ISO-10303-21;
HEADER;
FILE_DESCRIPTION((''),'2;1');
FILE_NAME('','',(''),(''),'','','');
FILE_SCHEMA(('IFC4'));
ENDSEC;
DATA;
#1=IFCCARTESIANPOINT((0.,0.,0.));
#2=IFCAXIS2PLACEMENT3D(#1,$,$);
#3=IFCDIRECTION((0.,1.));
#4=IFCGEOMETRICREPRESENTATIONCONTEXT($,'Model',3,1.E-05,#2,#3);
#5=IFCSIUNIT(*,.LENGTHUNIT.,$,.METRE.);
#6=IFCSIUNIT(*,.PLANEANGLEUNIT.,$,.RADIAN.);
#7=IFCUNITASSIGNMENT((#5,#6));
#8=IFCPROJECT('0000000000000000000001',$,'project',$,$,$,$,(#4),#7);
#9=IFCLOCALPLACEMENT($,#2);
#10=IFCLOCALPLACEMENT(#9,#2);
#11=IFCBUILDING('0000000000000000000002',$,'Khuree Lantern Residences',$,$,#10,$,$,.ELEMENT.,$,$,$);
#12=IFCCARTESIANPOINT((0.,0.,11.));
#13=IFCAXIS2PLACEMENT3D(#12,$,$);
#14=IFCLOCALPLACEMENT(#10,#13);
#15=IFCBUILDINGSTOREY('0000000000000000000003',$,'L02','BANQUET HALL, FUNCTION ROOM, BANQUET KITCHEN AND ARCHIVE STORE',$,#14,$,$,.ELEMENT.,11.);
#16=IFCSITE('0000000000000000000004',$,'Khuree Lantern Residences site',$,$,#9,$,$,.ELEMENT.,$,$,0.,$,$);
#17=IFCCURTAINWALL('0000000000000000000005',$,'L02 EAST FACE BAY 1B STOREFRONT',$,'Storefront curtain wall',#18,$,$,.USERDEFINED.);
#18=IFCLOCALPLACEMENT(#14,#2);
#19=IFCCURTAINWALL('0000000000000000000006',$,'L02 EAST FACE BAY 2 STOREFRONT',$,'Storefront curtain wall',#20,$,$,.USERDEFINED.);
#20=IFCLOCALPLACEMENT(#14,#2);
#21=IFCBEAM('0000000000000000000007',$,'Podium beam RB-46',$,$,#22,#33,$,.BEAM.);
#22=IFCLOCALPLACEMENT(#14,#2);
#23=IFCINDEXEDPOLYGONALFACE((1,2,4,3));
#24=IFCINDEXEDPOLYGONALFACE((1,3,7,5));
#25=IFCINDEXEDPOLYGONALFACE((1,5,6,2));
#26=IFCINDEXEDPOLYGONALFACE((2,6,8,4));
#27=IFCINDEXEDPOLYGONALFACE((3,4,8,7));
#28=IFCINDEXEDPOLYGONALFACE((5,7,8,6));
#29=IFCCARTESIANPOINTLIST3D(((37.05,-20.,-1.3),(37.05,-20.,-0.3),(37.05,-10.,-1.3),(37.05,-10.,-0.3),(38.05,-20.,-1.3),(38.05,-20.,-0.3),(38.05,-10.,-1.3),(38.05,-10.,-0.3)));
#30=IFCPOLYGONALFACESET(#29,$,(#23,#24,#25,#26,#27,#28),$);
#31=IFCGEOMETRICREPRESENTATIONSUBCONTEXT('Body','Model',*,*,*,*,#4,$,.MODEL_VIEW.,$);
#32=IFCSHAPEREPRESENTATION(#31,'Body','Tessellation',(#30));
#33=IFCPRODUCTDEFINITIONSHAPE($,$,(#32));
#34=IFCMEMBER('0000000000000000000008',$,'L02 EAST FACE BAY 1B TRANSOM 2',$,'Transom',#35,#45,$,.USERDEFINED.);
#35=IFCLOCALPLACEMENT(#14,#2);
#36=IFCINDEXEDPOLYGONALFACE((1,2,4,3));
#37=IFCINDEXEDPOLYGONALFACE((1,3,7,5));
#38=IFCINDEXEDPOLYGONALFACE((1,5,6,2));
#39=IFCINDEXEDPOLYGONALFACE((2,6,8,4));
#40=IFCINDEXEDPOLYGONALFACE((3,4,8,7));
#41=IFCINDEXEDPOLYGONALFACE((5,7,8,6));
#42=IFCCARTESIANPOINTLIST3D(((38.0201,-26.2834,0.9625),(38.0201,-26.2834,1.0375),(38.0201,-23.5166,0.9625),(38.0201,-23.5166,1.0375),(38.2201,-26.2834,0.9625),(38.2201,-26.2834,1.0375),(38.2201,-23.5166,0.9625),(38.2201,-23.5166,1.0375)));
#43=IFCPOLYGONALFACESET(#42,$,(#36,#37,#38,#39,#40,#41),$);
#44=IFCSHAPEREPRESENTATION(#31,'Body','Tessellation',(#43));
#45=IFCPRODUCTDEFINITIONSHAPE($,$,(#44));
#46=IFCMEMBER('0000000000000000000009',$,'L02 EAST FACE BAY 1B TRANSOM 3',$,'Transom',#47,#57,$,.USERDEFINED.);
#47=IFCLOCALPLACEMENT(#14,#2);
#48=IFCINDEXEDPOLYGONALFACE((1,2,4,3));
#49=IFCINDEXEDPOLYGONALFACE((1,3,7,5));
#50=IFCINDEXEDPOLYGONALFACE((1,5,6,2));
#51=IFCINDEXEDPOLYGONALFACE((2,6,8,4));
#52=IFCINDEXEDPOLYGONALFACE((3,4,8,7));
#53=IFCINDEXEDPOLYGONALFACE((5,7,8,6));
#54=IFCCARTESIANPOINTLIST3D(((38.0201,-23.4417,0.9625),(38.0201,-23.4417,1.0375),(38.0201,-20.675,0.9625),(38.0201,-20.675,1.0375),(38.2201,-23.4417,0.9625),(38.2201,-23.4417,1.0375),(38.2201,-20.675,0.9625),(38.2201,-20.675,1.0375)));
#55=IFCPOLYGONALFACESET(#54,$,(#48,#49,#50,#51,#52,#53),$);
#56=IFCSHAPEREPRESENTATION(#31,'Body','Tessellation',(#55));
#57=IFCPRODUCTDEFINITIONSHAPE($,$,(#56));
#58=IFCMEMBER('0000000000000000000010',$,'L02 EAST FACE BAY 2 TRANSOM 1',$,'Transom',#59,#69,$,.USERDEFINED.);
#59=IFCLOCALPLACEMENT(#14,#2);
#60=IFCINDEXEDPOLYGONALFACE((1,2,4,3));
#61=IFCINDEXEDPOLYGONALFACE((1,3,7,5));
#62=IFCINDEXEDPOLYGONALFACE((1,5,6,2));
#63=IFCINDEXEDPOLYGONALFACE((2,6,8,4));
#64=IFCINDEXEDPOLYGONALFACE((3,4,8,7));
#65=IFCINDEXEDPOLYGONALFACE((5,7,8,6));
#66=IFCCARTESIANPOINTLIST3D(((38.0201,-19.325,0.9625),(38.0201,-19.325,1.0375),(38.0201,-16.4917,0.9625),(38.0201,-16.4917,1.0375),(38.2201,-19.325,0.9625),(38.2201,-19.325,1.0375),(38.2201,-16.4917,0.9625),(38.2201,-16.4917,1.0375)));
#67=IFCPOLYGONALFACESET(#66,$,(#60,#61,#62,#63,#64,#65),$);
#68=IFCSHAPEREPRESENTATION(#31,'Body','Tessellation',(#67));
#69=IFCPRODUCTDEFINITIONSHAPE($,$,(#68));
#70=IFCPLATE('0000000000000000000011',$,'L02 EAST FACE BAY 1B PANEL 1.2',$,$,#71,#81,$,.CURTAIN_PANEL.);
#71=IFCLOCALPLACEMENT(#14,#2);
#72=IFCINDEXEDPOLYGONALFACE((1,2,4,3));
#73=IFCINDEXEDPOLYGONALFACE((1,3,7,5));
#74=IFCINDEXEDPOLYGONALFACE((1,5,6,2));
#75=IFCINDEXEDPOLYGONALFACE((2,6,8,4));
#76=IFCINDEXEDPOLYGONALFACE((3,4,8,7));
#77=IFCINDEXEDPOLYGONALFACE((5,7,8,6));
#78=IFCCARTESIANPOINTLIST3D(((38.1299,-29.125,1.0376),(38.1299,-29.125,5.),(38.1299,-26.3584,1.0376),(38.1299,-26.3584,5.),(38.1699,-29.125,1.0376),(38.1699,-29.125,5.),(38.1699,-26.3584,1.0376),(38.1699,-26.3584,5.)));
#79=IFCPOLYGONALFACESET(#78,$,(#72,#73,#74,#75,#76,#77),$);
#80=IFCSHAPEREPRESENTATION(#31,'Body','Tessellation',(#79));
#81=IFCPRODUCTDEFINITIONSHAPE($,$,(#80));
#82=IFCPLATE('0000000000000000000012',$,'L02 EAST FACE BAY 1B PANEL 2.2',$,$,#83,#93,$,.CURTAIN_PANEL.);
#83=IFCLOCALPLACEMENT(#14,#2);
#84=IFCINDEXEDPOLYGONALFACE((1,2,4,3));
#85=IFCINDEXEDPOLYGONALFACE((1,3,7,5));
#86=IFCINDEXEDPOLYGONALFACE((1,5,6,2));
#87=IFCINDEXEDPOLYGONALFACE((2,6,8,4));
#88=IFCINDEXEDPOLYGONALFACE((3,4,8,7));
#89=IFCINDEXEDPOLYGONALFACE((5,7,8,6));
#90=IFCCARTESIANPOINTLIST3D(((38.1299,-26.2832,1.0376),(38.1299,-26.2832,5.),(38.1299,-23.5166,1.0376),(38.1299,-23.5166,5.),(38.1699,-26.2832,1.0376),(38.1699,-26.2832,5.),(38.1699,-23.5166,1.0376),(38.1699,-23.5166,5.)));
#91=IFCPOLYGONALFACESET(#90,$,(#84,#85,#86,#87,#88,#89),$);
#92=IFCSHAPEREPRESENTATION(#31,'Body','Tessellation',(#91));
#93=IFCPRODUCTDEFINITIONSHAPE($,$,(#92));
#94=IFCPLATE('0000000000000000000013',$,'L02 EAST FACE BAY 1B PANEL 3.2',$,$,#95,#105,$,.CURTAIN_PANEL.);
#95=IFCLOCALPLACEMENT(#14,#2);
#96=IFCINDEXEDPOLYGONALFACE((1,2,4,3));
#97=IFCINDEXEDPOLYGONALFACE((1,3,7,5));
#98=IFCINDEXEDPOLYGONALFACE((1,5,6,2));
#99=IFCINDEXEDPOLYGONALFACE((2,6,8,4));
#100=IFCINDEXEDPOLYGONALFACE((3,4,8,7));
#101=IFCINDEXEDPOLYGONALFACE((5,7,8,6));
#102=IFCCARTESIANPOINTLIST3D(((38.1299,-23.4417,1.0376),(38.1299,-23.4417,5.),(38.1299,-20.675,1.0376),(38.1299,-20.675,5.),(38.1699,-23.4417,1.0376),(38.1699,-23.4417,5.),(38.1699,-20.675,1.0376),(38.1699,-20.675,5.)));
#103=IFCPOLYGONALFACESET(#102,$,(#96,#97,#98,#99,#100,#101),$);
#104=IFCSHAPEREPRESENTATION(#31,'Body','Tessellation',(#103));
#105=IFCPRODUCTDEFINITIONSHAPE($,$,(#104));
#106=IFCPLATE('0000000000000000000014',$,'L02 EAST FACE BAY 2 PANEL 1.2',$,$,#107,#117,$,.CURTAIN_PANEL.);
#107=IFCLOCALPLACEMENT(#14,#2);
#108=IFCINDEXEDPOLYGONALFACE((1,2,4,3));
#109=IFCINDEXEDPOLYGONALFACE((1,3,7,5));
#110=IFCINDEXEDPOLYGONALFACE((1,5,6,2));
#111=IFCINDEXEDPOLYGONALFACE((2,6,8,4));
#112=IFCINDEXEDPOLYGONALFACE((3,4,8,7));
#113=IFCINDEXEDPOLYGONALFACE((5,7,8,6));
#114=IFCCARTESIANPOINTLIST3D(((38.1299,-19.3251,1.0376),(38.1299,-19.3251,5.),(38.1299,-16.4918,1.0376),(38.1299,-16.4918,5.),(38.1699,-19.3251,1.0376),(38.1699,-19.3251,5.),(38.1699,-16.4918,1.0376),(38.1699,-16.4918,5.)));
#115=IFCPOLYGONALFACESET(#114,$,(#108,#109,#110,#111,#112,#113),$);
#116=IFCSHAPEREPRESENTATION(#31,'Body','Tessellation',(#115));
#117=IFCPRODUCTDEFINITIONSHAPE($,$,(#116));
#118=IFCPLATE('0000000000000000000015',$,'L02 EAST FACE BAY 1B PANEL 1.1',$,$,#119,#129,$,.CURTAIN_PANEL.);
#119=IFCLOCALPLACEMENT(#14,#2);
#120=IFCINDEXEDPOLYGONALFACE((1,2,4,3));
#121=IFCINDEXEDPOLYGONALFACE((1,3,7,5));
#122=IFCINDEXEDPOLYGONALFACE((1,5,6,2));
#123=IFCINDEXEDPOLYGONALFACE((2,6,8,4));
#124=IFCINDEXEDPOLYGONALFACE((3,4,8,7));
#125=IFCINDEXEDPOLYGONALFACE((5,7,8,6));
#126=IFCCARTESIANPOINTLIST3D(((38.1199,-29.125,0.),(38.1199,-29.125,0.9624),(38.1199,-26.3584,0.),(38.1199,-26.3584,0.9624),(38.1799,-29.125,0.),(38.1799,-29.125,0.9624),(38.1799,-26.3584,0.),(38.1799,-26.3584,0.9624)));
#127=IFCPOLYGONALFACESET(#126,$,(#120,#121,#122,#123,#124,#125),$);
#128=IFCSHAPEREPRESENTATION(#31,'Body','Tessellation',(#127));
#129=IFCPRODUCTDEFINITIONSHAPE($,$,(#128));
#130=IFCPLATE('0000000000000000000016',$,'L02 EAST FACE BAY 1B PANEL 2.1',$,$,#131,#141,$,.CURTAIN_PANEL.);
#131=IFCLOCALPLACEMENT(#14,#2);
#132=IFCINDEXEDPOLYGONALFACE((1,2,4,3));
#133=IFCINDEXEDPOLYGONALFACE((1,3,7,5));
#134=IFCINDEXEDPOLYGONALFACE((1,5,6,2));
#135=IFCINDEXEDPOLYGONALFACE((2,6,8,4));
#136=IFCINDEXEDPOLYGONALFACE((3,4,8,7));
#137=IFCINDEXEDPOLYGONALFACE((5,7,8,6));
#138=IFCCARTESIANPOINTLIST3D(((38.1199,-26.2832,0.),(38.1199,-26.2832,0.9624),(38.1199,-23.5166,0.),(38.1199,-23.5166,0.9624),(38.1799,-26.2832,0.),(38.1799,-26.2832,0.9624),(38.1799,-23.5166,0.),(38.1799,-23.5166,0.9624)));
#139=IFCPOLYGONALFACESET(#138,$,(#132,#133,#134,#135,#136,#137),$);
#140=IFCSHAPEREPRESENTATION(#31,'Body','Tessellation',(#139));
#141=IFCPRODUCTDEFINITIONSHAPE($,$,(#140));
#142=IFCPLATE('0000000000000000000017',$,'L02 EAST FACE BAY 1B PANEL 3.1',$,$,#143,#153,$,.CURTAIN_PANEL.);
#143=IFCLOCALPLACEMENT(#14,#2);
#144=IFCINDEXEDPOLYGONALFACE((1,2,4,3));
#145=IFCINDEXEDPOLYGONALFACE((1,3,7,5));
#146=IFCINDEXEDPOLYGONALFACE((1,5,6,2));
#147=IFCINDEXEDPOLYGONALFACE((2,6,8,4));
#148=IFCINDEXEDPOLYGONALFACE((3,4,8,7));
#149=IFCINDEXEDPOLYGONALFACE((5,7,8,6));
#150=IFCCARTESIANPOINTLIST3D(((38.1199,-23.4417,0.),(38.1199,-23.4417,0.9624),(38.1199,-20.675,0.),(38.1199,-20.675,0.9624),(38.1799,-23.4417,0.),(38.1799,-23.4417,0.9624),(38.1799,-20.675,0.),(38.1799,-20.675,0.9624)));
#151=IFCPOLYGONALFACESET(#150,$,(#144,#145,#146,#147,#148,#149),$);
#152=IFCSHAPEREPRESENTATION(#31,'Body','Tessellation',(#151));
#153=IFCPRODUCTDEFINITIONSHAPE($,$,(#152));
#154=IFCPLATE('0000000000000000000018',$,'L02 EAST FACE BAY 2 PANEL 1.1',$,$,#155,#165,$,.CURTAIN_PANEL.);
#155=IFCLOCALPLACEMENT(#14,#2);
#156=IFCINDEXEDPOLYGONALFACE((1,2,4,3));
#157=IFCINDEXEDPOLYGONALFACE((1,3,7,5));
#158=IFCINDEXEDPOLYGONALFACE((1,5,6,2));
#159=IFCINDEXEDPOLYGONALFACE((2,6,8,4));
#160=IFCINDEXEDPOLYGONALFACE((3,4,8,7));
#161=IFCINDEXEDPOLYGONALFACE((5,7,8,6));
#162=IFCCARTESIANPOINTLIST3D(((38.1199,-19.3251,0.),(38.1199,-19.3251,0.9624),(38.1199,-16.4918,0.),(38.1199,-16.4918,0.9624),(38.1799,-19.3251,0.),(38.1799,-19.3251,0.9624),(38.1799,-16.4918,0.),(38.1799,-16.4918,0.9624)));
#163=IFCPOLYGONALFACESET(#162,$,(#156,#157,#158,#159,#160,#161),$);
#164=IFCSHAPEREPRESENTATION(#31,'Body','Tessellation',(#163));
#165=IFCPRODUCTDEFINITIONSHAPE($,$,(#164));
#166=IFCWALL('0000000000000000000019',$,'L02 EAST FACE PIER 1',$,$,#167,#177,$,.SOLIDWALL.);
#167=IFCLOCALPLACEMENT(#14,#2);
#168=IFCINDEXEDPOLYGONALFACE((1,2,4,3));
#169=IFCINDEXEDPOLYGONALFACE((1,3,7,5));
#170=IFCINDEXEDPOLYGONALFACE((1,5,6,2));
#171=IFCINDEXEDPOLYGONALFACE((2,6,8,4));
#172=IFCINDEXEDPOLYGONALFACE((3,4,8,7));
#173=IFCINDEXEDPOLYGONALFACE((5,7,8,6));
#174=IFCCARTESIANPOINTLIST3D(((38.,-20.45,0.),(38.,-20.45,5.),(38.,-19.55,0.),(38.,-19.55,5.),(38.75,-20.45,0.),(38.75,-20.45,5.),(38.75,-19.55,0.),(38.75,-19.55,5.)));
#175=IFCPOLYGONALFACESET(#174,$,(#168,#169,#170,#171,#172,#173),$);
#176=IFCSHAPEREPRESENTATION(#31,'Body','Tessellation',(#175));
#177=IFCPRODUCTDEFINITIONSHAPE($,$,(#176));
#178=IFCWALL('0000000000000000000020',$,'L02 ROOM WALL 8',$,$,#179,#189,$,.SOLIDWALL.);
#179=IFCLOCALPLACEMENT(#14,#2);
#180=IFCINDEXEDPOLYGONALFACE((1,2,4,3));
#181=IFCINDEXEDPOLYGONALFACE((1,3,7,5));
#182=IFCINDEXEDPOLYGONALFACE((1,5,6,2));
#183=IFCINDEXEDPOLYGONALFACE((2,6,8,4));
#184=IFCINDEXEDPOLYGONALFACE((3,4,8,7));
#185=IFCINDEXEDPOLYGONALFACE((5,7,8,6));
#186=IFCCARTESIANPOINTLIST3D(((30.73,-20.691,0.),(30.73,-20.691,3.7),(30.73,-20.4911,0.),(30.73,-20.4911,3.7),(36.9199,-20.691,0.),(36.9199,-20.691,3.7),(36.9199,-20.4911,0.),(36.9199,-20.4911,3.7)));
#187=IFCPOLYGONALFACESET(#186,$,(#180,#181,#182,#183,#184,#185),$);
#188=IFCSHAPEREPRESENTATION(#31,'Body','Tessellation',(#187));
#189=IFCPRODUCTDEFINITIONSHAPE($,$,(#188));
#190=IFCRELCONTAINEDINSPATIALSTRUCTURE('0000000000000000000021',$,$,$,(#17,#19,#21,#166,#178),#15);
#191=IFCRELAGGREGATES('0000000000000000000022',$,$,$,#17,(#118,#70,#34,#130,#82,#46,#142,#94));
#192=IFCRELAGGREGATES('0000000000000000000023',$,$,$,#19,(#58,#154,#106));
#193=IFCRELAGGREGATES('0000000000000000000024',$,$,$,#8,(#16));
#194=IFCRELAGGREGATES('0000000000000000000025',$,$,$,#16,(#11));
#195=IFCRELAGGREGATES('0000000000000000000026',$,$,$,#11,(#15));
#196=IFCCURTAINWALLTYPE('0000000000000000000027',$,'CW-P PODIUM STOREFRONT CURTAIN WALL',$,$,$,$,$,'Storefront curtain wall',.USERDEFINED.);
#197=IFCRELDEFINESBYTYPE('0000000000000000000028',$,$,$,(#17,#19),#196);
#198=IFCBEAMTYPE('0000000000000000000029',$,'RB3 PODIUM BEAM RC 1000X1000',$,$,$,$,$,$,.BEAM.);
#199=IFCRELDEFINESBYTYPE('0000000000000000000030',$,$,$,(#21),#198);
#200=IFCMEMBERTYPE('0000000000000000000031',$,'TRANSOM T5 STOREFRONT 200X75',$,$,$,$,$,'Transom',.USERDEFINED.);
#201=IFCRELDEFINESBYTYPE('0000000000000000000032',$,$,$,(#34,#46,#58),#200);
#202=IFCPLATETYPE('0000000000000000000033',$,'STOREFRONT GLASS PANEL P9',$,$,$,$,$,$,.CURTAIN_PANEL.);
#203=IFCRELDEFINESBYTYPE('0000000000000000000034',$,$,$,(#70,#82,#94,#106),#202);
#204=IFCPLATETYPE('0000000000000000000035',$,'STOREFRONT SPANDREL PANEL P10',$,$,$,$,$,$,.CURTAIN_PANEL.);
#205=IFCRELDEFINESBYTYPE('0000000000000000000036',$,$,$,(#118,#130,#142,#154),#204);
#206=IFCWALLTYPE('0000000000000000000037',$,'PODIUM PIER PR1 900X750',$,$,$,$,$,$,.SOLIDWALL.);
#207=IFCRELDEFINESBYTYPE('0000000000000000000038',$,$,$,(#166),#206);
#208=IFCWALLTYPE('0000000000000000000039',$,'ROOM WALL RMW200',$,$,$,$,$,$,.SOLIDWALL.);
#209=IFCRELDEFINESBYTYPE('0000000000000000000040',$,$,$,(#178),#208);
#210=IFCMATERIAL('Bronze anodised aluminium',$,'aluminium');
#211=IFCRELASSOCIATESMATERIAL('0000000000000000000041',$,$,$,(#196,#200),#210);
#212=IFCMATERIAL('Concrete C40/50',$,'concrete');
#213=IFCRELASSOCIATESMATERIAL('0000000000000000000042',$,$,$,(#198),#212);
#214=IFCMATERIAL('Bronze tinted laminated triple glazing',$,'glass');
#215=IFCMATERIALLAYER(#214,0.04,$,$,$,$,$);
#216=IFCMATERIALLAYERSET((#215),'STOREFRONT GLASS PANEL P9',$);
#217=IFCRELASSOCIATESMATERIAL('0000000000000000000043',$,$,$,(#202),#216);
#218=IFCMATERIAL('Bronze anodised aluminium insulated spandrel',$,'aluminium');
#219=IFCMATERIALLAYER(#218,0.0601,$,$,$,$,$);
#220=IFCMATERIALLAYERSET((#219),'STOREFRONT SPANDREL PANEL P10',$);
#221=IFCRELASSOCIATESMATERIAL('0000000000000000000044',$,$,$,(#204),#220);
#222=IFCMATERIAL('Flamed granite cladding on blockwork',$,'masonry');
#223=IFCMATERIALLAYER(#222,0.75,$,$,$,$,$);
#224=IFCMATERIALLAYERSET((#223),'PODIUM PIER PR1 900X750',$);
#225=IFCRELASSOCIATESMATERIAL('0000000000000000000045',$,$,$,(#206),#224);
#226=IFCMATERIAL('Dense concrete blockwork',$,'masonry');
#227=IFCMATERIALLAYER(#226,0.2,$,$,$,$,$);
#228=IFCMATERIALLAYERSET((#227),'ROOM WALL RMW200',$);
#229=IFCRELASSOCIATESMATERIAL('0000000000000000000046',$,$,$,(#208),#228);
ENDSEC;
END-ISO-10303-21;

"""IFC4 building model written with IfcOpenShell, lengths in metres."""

from ifc_helpers import new_model, si_unit, direction, frame, frame_2d, origin, origin_2d, place, context, subcontext, project, spatial, rectangle, extrude, material, layer, layer_set, material_profile, profile_set, type_object, element, aggregate, save


model = new_model("IFC4")

# Units and contexts
model_context = context("Model", 3, precision=1e-05, world=origin(), true_north=direction((0.0, 1.0)))
body_context = subcontext(model_context, "Body", "Model", "MODEL_VIEW")
ifc_project = project(units=[si_unit("LENGTHUNIT", "METRE"), si_unit("PLANEANGLEUNIT", "RADIAN")], contexts=[model_context])

# Site, building, storey
site_placement = place(None, origin())
site = spatial("IfcSite", under=ifc_project, at=site_placement, Name="Khuree Lantern Residences site", CompositionType="ELEMENT", RefElevation=0.0)
building_placement = place(site_placement, origin())
building = spatial("IfcBuilding", under=site, at=building_placement, Name="Khuree Lantern Residences", CompositionType="ELEMENT")
storey_placement = place(building_placement, frame((0.0, 0.0, 11.0)))
storey = spatial("IfcBuildingStorey", under=building, at=storey_placement, Name="L02", Description="BANQUET HALL, FUNCTION ROOM, BANQUET KITCHEN AND ARCHIVE STORE", CompositionType="ELEMENT", Elevation=11.0)

# Curtain walls
ifc_material_1 = material(Name="Bronze anodised aluminium", Category="aluminium")
curtain_wall_type = type_object("IfcCurtainWallType", Name="CW-P PODIUM STOREFRONT CURTAIN WALL", ElementType="Storefront curtain wall", PredefinedType="USERDEFINED", material=ifc_material_1)
curtain_wall_1_placement = place(storey_placement, origin())
curtain_wall_1 = element("IfcCurtainWall", 1, at=curtain_wall_1_placement, inside=storey, type_object=curtain_wall_type, Name="L02 EAST FACE BAY 1B STOREFRONT", ObjectType="Storefront curtain wall", PredefinedType="USERDEFINED")
curtain_wall_2_placement = place(storey_placement, origin())
curtain_wall_2 = element("IfcCurtainWall", 2, at=curtain_wall_2_placement, inside=storey, type_object=curtain_wall_type, Name="L02 EAST FACE BAY 2 STOREFRONT", ObjectType="Storefront curtain wall", PredefinedType="USERDEFINED")

# Beam
ifc_material_2 = material(Name="Concrete C40/50", Category="concrete")
ifc_material_profile_1 = material_profile(ifc_material_2, rectangle(XDim=1.0, YDim=1.0, at=origin_2d()), Name="RC 1000X1000")
ifc_profile_set_1 = profile_set([ifc_material_profile_1], Name="Concrete C40/50")
beam_type_1 = type_object("IfcBeamType", Name="RB3 PODIUM BEAM RC 1000X1000", PredefinedType="BEAM", material=ifc_profile_set_1)
beam_1_placement = place(storey_placement, frame((37.55, -20.0, -0.8), z_axis=(0.0, 1.0, 0.0), x_axis=(-1.0, 0.0, 0.0)))
element("IfcBeam", 3, at=beam_1_placement, inside=storey, type_object=beam_type_1, Name="Podium beam RB-46", PredefinedType="BEAM", context=body_context, shape_type="SweptSolid", body=[
    extrude(rectangle(XDim=1.0, YDim=1.0, at=origin_2d()), origin(), (0.0, 0.0, 1.0), 10.0),
])

# Members
ifc_material_profile_2 = material_profile(ifc_material_1, rectangle(XDim=0.2, YDim=0.075, at=origin_2d()), Name="T5 200X75")
ifc_profile_set_2 = profile_set([ifc_material_profile_2], Name="Bronze anodised aluminium")
member_type_1 = type_object("IfcMemberType", Name="TRANSOM T5 STOREFRONT 200X75", ElementType="Transom", PredefinedType="USERDEFINED", material=ifc_profile_set_2)
member_1_placement = place(storey_placement, frame((38.1201, -26.2834, 1.0), z_axis=(0.0, 1.0, 0.0), x_axis=(-1.0, 0.0, 0.0)))
member_1 = element("IfcMember", 4, at=member_1_placement, type_object=member_type_1, Name="L02 EAST FACE BAY 1B TRANSOM 2", ObjectType="Transom", PredefinedType="USERDEFINED", context=body_context, shape_type="SweptSolid", body=[
    extrude(rectangle(XDim=0.2, YDim=0.075, at=origin_2d()), origin(), (0.0, 0.0, 1.0), 2.7668),
])
member_2_placement = place(storey_placement, frame((38.1201, -23.4417, 1.0), z_axis=(0.0, 1.0, 0.0), x_axis=(-1.0, 0.0, 0.0)))
member_2 = element("IfcMember", 5, at=member_2_placement, type_object=member_type_1, Name="L02 EAST FACE BAY 1B TRANSOM 3", ObjectType="Transom", PredefinedType="USERDEFINED", context=body_context, shape_type="SweptSolid", body=[
    extrude(rectangle(XDim=0.2, YDim=0.075, at=origin_2d()), origin(), (0.0, 0.0, 1.0), 2.7666),
])
member_3_placement = place(storey_placement, frame((38.1201, -19.325, 1.0), z_axis=(0.0, 1.0, 0.0), x_axis=(-1.0, 0.0, 0.0)))
member_3 = element("IfcMember", 6, at=member_3_placement, type_object=member_type_1, Name="L02 EAST FACE BAY 2 TRANSOM 1", ObjectType="Transom", PredefinedType="USERDEFINED", context=body_context, shape_type="SweptSolid", body=[
    extrude(rectangle(XDim=0.2, YDim=0.075, at=origin_2d()), origin(), (0.0, 0.0, 1.0), 2.8333),
])

# Plates
ifc_material_3 = material(Name="Bronze tinted laminated triple glazing", Category="glass")
ifc_layer_1 = layer(ifc_material_3, 0.04)
ifc_layer_set_1 = layer_set([ifc_layer_1], Name="STOREFRONT GLASS PANEL P9")
plate_type_1 = type_object("IfcPlateType", Name="STOREFRONT GLASS PANEL P9", PredefinedType="CURTAIN_PANEL", material=ifc_layer_set_1)
plate_1_placement = place(storey_placement, frame((38.1499, -27.7417, 1.0376), z_axis=(0.0, 0.0, 1.0), x_axis=(0.0, 1.0, 0.0)))
plate_1 = element("IfcPlate", 7, at=plate_1_placement, type_object=plate_type_1, Name="L02 EAST FACE BAY 1B PANEL 1.2", PredefinedType="CURTAIN_PANEL", context=body_context, shape_type="SweptSolid", body=[
    extrude(rectangle(XDim=2.7666, YDim=0.04, at=origin_2d()), origin(), (0.0, 0.0, 1.0), 3.9624),
])
plate_2_placement = place(storey_placement, frame((38.1499, -24.8999, 1.0376), z_axis=(0.0, 0.0, 1.0), x_axis=(0.0, 1.0, 0.0)))
plate_2 = element("IfcPlate", 8, at=plate_2_placement, type_object=plate_type_1, Name="L02 EAST FACE BAY 1B PANEL 2.2", PredefinedType="CURTAIN_PANEL", context=body_context, shape_type="SweptSolid", body=[
    extrude(rectangle(XDim=2.7666, YDim=0.04, at=origin_2d()), origin(), (0.0, 0.0, 1.0), 3.9624),
])
plate_3_placement = place(storey_placement, frame((38.1499, -22.0583, 1.0376), z_axis=(0.0, 0.0, 1.0), x_axis=(0.0, 1.0, 0.0)))
plate_3 = element("IfcPlate", 9, at=plate_3_placement, type_object=plate_type_1, Name="L02 EAST FACE BAY 1B PANEL 3.2", PredefinedType="CURTAIN_PANEL", context=body_context, shape_type="SweptSolid", body=[
    extrude(rectangle(XDim=2.7666, YDim=0.04, at=origin_2d()), origin(), (0.0, 0.0, 1.0), 3.9624),
])
plate_4_placement = place(storey_placement, frame((38.1499, -17.9084, 1.0376), z_axis=(0.0, 0.0, 1.0), x_axis=(0.0, 1.0, 0.0)))
plate_4 = element("IfcPlate", 10, at=plate_4_placement, type_object=plate_type_1, Name="L02 EAST FACE BAY 2 PANEL 1.2", PredefinedType="CURTAIN_PANEL", context=body_context, shape_type="SweptSolid", body=[
    extrude(rectangle(XDim=2.8333, YDim=0.04, at=origin_2d()), origin(), (0.0, 0.0, 1.0), 3.9624),
])
ifc_material_4 = material(Name="Bronze anodised aluminium insulated spandrel", Category="aluminium")
ifc_layer_2 = layer(ifc_material_4, 0.0601)
ifc_layer_set_2 = layer_set([ifc_layer_2], Name="STOREFRONT SPANDREL PANEL P10")
plate_type_2 = type_object("IfcPlateType", Name="STOREFRONT SPANDREL PANEL P10", PredefinedType="CURTAIN_PANEL", material=ifc_layer_set_2)
plate_5_placement = place(storey_placement, frame((38.1499, -27.7417, 0.0), z_axis=(0.0, 0.0, 1.0), x_axis=(0.0, 1.0, 0.0)))
plate_5 = element("IfcPlate", 11, at=plate_5_placement, type_object=plate_type_2, Name="L02 EAST FACE BAY 1B PANEL 1.1", PredefinedType="CURTAIN_PANEL", context=body_context, shape_type="SweptSolid", body=[
    extrude(rectangle(XDim=2.7666, YDim=0.0601, at=origin_2d()), origin(), (0.0, 0.0, 1.0), 0.9624),
])
plate_6_placement = place(storey_placement, frame((38.1499, -24.8999, 0.0), z_axis=(0.0, 0.0, 1.0), x_axis=(0.0, 1.0, 0.0)))
plate_6 = element("IfcPlate", 12, at=plate_6_placement, type_object=plate_type_2, Name="L02 EAST FACE BAY 1B PANEL 2.1", PredefinedType="CURTAIN_PANEL", context=body_context, shape_type="SweptSolid", body=[
    extrude(rectangle(XDim=2.7666, YDim=0.0601, at=origin_2d()), origin(), (0.0, 0.0, 1.0), 0.9624),
])
plate_7_placement = place(storey_placement, frame((38.1499, -22.0583, 0.0), z_axis=(0.0, 0.0, 1.0), x_axis=(0.0, 1.0, 0.0)))
plate_7 = element("IfcPlate", 13, at=plate_7_placement, type_object=plate_type_2, Name="L02 EAST FACE BAY 1B PANEL 3.1", PredefinedType="CURTAIN_PANEL", context=body_context, shape_type="SweptSolid", body=[
    extrude(rectangle(XDim=2.7666, YDim=0.0601, at=origin_2d()), origin(), (0.0, 0.0, 1.0), 0.9624),
])
aggregate(curtain_wall_1, [plate_5, plate_1, member_1, plate_6, plate_2, member_2, plate_7, plate_3])
plate_8_placement = place(storey_placement, frame((38.1499, -17.9084, 0.0), z_axis=(0.0, 0.0, 1.0), x_axis=(0.0, 1.0, 0.0)))
plate_8 = element("IfcPlate", 14, at=plate_8_placement, type_object=plate_type_2, Name="L02 EAST FACE BAY 2 PANEL 1.1", PredefinedType="CURTAIN_PANEL", context=body_context, shape_type="SweptSolid", body=[
    extrude(rectangle(XDim=2.8333, YDim=0.0601, at=origin_2d()), origin(), (0.0, 0.0, 1.0), 0.9624),
])
aggregate(curtain_wall_2, [member_3, plate_8, plate_4])

# Walls
ifc_material_5 = material(Name="Flamed granite cladding on blockwork", Category="masonry")
ifc_layer_3 = layer(ifc_material_5, 0.75)
ifc_layer_set_3 = layer_set([ifc_layer_3], Name="PODIUM PIER PR1 900X750")
wall_type_1 = type_object("IfcWallType", Name="PODIUM PIER PR1 900X750", PredefinedType="SOLIDWALL", material=ifc_layer_set_3)
wall_1_placement = place(storey_placement, frame((38.375, -20.45, 0.0), z_axis=(0.0, 0.0, 1.0), x_axis=(0.0, 1.0, 0.0)))
element("IfcWall", 15, at=wall_1_placement, inside=storey, type_object=wall_type_1, Name="L02 EAST FACE PIER 1", PredefinedType="SOLIDWALL", context=body_context, shape_type="SweptSolid", body=[
    extrude(rectangle(XDim=0.8999, YDim=0.75, at=frame_2d((0.45, 0.0))), origin(), (0.0, 0.0, 1.0), 5.0),
])
ifc_material_6 = material(Name="Dense concrete blockwork", Category="masonry")
ifc_layer_4 = layer(ifc_material_6, 0.2)
ifc_layer_set_4 = layer_set([ifc_layer_4], Name="ROOM WALL RMW200")
wall_type_2 = type_object("IfcWallType", Name="ROOM WALL RMW200", PredefinedType="SOLIDWALL", material=ifc_layer_set_4)
wall_2_placement = place(storey_placement, frame((30.73, -20.5911, 0.0), z_axis=(0.0, 0.0, 1.0), x_axis=(1.0, 0.0, 0.0)))
element("IfcWall", 16, at=wall_2_placement, inside=storey, type_object=wall_type_2, Name="L02 ROOM WALL 8", PredefinedType="SOLIDWALL", context=body_context, shape_type="SweptSolid", body=[
    extrude(rectangle(XDim=6.1899, YDim=0.2, at=frame_2d((3.095, 0.0))), origin(), (0.0, 0.0, 1.0), 3.7),
])

save(model, "model.ifc")
